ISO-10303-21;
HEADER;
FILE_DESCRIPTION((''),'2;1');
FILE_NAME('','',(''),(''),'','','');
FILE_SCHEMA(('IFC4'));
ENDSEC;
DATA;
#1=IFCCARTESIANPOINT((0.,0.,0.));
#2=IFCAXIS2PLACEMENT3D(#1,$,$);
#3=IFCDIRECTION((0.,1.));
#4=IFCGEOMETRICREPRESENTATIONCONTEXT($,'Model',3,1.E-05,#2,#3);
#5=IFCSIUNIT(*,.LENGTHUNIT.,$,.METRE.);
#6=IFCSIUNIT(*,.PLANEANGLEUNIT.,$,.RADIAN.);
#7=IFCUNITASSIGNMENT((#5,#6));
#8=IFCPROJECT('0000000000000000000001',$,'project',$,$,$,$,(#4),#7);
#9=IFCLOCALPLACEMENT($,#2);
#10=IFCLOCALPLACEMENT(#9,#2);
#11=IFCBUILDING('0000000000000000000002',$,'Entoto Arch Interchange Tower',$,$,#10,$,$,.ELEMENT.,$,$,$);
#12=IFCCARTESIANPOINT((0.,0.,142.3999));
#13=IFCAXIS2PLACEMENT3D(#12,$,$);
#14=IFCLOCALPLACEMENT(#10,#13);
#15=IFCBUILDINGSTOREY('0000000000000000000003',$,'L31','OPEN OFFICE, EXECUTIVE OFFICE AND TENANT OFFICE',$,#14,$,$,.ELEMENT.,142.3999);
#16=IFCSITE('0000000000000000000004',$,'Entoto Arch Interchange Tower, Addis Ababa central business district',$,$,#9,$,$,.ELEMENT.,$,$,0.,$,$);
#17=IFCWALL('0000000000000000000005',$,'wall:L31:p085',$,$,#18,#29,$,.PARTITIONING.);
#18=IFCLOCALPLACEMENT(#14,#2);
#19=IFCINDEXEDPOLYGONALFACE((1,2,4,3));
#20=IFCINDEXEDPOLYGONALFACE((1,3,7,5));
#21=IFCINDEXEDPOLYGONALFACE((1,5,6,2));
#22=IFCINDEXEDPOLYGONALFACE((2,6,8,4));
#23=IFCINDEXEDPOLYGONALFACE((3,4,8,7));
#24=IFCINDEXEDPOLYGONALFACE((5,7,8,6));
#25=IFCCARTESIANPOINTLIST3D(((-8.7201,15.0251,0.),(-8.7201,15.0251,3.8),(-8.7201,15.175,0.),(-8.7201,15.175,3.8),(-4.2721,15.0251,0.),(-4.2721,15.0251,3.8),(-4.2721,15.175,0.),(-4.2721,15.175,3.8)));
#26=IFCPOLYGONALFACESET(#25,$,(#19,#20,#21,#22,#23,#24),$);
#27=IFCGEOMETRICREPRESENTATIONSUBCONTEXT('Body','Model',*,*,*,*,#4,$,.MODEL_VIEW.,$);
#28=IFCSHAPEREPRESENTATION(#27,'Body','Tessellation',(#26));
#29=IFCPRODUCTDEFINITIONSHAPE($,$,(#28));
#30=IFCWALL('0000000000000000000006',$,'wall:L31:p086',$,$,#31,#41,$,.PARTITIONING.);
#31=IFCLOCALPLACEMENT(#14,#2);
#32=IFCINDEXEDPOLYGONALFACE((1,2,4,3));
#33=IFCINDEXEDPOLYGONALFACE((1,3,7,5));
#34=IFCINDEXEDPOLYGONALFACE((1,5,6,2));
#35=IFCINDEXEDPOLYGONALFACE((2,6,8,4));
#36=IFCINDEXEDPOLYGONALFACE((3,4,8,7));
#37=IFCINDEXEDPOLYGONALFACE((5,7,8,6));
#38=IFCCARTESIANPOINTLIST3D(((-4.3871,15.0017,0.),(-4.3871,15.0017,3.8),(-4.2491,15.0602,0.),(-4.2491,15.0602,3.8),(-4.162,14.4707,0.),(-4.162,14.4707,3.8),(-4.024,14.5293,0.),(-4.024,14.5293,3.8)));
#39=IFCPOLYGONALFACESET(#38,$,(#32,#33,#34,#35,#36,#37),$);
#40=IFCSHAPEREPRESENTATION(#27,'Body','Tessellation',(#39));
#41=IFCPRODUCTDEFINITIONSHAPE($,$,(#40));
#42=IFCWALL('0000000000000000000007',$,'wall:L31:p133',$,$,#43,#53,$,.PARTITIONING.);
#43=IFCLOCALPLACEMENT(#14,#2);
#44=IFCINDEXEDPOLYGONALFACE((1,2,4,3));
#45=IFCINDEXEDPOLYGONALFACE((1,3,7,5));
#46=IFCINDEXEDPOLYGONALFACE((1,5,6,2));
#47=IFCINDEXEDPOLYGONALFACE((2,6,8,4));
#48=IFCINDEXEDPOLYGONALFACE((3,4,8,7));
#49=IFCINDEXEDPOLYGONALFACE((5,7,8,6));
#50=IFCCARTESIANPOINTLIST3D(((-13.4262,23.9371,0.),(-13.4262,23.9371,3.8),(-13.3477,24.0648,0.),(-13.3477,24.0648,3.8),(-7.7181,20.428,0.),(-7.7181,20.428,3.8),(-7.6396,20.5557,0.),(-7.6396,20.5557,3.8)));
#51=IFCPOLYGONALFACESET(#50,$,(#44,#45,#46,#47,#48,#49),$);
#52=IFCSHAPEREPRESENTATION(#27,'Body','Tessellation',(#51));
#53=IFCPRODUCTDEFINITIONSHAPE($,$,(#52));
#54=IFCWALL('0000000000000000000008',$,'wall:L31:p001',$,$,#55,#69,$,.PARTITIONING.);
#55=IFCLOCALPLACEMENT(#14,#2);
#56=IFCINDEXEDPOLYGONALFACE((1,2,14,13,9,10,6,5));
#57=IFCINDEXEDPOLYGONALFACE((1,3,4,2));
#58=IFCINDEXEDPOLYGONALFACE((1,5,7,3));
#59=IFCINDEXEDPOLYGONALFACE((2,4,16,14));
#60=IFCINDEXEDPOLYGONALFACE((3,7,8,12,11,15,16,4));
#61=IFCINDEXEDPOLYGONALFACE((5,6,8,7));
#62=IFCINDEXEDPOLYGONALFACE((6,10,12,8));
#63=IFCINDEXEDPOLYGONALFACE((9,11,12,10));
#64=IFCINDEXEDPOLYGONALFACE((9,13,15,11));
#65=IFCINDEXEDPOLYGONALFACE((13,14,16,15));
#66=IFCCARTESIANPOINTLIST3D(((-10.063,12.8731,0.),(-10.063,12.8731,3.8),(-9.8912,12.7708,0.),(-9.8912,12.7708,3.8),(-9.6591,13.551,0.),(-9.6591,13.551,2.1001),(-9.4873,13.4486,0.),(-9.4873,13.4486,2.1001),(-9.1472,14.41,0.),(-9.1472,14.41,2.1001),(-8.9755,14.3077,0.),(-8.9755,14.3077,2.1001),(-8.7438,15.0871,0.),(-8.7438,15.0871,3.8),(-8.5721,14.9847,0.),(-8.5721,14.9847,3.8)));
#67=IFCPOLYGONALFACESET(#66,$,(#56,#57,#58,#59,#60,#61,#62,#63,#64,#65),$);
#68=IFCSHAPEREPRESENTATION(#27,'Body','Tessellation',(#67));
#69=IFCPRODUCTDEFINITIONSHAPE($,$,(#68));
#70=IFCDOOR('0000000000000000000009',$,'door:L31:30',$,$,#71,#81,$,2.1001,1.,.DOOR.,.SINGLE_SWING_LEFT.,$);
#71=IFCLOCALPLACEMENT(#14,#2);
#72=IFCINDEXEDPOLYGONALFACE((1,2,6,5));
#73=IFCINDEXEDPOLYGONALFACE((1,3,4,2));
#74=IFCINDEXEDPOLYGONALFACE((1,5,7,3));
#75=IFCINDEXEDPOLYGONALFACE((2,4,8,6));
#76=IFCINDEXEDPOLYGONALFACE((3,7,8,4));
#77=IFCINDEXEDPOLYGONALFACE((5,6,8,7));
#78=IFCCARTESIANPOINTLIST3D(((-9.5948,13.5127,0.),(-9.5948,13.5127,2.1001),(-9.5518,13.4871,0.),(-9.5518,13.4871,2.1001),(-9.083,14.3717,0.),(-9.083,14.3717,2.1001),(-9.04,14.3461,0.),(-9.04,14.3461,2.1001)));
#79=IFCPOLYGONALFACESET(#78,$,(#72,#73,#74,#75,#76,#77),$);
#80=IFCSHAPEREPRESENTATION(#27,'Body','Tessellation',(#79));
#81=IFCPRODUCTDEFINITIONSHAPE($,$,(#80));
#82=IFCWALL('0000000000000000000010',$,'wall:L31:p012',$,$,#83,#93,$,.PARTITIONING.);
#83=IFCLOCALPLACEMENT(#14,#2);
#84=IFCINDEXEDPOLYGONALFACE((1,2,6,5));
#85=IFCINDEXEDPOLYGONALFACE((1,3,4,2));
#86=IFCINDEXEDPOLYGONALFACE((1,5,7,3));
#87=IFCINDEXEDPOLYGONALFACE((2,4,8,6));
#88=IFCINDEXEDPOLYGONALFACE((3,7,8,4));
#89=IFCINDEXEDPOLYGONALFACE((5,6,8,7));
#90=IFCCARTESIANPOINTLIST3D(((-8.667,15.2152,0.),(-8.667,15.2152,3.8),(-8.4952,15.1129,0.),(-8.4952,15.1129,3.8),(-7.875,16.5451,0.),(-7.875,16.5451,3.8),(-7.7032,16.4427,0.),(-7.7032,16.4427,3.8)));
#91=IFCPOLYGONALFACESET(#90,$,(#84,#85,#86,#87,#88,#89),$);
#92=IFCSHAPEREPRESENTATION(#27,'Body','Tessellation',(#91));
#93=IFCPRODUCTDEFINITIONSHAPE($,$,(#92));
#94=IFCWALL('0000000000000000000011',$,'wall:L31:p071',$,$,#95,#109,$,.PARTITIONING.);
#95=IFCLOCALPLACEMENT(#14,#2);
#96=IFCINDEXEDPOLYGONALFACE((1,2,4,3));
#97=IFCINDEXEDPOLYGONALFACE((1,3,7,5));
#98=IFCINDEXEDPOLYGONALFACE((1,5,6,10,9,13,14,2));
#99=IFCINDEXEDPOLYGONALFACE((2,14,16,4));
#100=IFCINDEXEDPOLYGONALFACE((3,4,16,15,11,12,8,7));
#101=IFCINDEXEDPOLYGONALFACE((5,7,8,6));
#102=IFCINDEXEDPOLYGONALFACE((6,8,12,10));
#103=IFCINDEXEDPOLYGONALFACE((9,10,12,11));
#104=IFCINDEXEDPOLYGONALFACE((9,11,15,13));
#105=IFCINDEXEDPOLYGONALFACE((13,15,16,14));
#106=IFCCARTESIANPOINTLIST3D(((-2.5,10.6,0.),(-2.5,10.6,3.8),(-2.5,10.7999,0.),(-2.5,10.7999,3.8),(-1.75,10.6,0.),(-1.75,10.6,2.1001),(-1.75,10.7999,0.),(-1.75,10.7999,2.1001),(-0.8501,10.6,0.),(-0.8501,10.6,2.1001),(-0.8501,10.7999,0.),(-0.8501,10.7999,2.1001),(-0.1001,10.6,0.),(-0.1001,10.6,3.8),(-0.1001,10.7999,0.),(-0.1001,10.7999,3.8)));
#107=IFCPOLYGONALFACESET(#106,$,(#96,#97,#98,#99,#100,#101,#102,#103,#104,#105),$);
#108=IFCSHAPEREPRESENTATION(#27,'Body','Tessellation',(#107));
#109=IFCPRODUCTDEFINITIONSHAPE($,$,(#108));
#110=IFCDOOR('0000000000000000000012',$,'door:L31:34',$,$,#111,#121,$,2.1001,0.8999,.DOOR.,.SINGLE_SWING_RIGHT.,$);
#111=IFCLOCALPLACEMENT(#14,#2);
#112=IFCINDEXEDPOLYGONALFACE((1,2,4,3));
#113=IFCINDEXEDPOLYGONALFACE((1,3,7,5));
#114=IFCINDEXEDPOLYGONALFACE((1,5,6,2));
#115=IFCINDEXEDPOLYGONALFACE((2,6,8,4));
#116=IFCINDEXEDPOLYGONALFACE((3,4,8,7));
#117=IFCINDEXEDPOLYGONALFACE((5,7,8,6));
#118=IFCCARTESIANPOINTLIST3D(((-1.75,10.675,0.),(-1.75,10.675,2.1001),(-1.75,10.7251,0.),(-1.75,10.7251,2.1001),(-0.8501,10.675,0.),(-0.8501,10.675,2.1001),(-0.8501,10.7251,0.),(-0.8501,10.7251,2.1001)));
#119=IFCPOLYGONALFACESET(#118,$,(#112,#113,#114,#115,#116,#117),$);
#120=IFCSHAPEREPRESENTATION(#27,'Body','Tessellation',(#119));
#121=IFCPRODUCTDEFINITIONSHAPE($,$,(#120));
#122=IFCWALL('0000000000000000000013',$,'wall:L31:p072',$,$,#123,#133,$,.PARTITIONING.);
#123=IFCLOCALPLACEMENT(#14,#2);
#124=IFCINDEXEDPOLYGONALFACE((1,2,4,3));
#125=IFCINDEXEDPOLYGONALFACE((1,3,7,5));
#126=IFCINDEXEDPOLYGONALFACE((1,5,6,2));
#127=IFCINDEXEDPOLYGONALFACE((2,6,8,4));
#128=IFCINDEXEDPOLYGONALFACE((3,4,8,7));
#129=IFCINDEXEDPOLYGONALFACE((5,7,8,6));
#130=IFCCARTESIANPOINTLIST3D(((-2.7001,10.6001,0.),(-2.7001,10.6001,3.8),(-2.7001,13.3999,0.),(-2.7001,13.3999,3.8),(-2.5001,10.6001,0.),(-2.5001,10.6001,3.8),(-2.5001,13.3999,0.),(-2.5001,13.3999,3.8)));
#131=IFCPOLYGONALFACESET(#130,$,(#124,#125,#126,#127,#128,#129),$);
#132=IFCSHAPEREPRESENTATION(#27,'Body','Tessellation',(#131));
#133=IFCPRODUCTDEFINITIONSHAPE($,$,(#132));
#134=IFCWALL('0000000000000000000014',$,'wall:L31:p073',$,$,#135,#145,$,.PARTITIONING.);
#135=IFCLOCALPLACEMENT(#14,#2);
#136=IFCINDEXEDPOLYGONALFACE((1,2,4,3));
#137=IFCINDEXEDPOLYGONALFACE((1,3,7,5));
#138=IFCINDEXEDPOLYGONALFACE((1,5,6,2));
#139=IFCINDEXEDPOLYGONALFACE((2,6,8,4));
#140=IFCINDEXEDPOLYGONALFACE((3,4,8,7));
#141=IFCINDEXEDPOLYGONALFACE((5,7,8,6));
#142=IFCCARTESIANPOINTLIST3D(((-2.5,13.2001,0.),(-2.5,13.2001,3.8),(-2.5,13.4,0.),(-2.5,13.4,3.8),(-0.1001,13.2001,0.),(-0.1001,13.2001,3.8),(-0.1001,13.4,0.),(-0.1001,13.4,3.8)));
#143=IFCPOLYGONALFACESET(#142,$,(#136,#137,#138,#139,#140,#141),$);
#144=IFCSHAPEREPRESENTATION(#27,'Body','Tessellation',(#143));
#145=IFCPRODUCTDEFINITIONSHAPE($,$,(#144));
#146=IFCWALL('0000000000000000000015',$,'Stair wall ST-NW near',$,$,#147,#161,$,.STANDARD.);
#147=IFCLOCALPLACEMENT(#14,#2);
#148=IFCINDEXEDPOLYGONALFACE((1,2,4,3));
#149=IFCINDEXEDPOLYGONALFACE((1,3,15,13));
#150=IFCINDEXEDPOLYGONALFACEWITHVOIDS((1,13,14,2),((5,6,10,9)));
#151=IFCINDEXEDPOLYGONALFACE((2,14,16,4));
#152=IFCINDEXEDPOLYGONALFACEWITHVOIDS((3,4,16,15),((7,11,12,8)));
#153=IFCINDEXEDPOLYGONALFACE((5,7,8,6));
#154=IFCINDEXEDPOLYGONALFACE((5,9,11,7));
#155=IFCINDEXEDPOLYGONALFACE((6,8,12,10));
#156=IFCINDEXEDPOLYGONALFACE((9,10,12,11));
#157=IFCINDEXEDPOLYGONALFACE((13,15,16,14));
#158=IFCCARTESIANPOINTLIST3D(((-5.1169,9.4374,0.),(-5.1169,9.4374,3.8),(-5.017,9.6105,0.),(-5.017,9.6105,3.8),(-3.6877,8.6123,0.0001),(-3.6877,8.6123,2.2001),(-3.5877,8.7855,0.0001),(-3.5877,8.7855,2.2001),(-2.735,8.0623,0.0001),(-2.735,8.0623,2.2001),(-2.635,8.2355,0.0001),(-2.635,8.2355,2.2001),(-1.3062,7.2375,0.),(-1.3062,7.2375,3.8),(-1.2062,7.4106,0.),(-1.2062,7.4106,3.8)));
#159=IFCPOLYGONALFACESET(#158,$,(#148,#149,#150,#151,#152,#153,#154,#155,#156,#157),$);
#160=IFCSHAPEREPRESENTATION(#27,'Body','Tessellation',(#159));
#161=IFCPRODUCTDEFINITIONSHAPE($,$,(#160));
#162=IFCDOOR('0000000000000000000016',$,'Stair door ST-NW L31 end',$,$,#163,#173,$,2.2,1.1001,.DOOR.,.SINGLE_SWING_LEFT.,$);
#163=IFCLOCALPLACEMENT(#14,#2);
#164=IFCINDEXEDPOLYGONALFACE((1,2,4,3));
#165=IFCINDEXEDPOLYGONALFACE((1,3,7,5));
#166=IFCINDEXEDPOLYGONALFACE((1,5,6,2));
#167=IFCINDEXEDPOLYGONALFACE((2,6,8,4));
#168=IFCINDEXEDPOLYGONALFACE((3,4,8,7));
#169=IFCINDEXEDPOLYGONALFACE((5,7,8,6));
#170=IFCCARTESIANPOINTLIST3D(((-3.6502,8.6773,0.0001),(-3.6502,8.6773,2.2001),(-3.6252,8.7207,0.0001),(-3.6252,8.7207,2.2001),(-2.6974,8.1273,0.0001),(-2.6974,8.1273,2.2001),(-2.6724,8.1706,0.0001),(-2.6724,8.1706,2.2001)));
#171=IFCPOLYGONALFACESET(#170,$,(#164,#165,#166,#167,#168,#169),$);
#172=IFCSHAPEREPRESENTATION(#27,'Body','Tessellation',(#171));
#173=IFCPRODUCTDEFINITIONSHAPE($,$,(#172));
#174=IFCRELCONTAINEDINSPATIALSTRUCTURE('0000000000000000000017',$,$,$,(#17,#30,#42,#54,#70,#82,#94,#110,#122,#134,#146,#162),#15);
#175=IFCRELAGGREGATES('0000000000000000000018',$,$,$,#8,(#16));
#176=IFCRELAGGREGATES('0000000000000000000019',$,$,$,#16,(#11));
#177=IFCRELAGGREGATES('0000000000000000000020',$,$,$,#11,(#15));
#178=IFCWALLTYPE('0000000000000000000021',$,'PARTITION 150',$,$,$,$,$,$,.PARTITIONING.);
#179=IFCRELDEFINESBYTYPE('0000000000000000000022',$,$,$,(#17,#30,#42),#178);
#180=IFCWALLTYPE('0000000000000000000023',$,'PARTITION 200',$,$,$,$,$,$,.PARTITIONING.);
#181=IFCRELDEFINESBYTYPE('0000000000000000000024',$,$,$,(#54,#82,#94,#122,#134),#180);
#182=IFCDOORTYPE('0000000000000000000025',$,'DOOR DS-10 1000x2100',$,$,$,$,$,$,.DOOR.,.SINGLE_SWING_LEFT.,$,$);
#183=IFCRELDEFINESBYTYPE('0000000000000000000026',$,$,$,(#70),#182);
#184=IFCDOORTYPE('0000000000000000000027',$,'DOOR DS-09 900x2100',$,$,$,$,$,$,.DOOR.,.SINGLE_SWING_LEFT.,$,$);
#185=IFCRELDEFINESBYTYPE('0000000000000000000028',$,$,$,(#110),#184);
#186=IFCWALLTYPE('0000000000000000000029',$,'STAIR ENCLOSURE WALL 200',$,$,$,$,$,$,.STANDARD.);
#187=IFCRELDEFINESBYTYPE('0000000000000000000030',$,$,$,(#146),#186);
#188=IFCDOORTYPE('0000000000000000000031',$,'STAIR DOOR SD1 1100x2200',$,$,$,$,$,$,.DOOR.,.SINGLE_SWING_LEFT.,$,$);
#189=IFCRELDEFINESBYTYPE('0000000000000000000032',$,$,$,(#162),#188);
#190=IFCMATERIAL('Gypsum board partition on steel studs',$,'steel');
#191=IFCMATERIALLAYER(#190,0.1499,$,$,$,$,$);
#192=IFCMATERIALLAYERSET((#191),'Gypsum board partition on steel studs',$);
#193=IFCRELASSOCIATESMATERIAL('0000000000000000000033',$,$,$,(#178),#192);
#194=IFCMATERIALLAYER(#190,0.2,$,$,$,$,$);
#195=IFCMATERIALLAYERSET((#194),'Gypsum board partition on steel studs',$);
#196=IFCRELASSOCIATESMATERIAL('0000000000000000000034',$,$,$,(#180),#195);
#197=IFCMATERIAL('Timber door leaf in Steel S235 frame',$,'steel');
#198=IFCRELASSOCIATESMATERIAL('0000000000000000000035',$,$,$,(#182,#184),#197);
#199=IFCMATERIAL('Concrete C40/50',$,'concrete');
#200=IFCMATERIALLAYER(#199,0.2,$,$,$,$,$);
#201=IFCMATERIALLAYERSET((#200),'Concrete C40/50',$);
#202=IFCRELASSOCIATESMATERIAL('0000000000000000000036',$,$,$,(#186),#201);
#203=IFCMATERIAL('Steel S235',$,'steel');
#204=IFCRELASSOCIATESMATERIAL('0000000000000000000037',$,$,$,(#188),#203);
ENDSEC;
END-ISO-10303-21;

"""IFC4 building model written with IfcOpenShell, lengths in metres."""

from ifc_helpers import new_model, si_unit, direction, frame, frame_2d, origin, place, context, subcontext, project, spatial, rectangle, extrude, material, layer, layer_set, type_object, element, fill, save


model = new_model("IFC4")

# Units and contexts
model_context = context("Model", 3, precision=1e-05, world=origin(), true_north=direction((0.0, 1.0)))
body_context = subcontext(model_context, "Body", "Model", "MODEL_VIEW")
ifc_project = project(units=[si_unit("LENGTHUNIT", "METRE"), si_unit("PLANEANGLEUNIT", "RADIAN")], contexts=[model_context])

# Site, building, storey
site_placement = place(None, origin())
site = spatial("IfcSite", under=ifc_project, at=site_placement, Name="Entoto Arch Interchange Tower, Addis Ababa central business district", CompositionType="ELEMENT", RefElevation=0.0)
building_placement = place(site_placement, origin())
building = spatial("IfcBuilding", under=site, at=building_placement, Name="Entoto Arch Interchange Tower", CompositionType="ELEMENT")
storey_placement = place(building_placement, frame((0.0, 0.0, 142.3999)))
storey = spatial("IfcBuildingStorey", under=building, at=storey_placement, Name="L31", Description="OPEN OFFICE, EXECUTIVE OFFICE AND TENANT OFFICE", CompositionType="ELEMENT", Elevation=142.3999)

# Walls
ifc_material_1 = material(Name="Gypsum board partition on steel studs", Category="steel")
ifc_layer_1 = layer(ifc_material_1, 0.1499)
ifc_layer_set_1 = layer_set([ifc_layer_1], Name="Gypsum board partition on steel studs")
wall_type_1 = type_object("IfcWallType", Name="PARTITION 150", PredefinedType="PARTITIONING", material=ifc_layer_set_1)
wall_1_placement = place(storey_placement, frame((-4.272, 15.1001, 0.0), z_axis=(0.0, 0.0, 1.0), x_axis=(-1.0, 0.0, 0.0)))
element("IfcWall", 1, at=wall_1_placement, inside=storey, type_object=wall_type_1, Name="wall:L31:p085", PredefinedType="PARTITIONING", context=body_context, shape_type="SweptSolid", body=[
    extrude(rectangle(XDim=4.448, YDim=0.1499, at=frame_2d((2.2241, 0.0))), origin(), (0.0, 0.0, 1.0), 3.8),
])
wall_2_placement = place(storey_placement, frame((-4.093, 14.5, 0.0), z_axis=(0.0, 0.0, 1.0), x_axis=(-0.390289, 0.920692, 0.0)))
element("IfcWall", 2, at=wall_2_placement, inside=storey, type_object=wall_type_1, Name="wall:L31:p086", PredefinedType="PARTITIONING", context=body_context, shape_type="SweptSolid", body=[
    extrude(rectangle(XDim=0.5767, YDim=0.1499, at=frame_2d((0.2883, 0.0))), origin(), (0.0, 0.0, 1.0), 3.8),
])
wall_3_placement = place(storey_placement, frame((-7.679, 20.4919, 0.0), z_axis=(0.0, 0.0, 1.0), x_axis=(-0.851897, 0.523709, 0.0)))
element("IfcWall", 3, at=wall_3_placement, inside=storey, type_object=wall_type_1, Name="wall:L31:p133", PredefinedType="PARTITIONING", context=body_context, shape_type="SweptSolid", body=[
    extrude(rectangle(XDim=6.7004, YDim=0.1499, at=frame_2d((3.3501, 0.0))), origin(), (0.0, 0.0, 1.0), 3.8),
])

# Wall, opening, door
ifc_layer_2 = layer(ifc_material_1, 0.2)
ifc_layer_set_2 = layer_set([ifc_layer_2], Name="Gypsum board partition on steel studs")
wall_type_2 = type_object("IfcWallType", Name="PARTITION 200", PredefinedType="PARTITIONING", material=ifc_layer_set_2)
wall_4_placement = place(storey_placement, frame((-8.658, 15.0359, 0.0), z_axis=(0.0, 0.0, 1.0), x_axis=(-0.51186, -0.859069, 0.0)))
wall_4 = element("IfcWall", 4, at=wall_4_placement, inside=storey, type_object=wall_type_2, Name="wall:L31:p001", PredefinedType="PARTITIONING", context=body_context, shape_type="SweptSolid", body=[
    extrude(rectangle(XDim=2.5771, YDim=0.2, at=frame_2d((1.2886, 0.0))), origin(), (0.0, 0.0, 1.0), 3.8),
])
opening_1_placement = place(wall_4_placement, frame((0.7881, 0.0, 0.0)))
opening_1 = element("IfcOpeningElement", 5, at=opening_1_placement, cuts=wall_4, PredefinedType="OPENING", context=body_context, shape_type="SweptSolid", body=[
    extrude(rectangle(XDim=1.0, YDim=2.1001, at=frame_2d((0.5, 1.05))), frame((0.0, 0.1099, 0.0), z_axis=(0.0, -1.0, 0.0), x_axis=(1.0, 0.0, 0.0)), (0.0, 0.0, 1.0), 0.22),
])
ifc_material_2 = material(Name="Timber door leaf in Steel S235 frame", Category="steel")
door_type_1 = type_object("IfcDoorType", Name="DOOR DS-10 1000x2100", OperationType="SINGLE_SWING_LEFT", PredefinedType="DOOR", material=ifc_material_2)
door_1_placement = place(opening_1_placement, origin())
door_1 = element("IfcDoor", 6, at=door_1_placement, inside=storey, type_object=door_type_1, Name="door:L31:30", OperationType="SINGLE_SWING_LEFT", OverallHeight=2.1001, OverallWidth=1.0, PredefinedType="DOOR", context=body_context, shape_type="SweptSolid", body=[
    extrude(rectangle(XDim=1.0, YDim=2.1001, at=frame_2d((0.5, 1.05))), frame((0.0, 0.0249, 0.0), z_axis=(0.0, -1.0, 0.0), x_axis=(1.0, 0.0, 0.0)), (0.0, 0.0, 1.0), 0.05),
])
fill(opening_1, door_1)

# Wall
wall_5_placement = place(storey_placement, frame((-7.7891, 16.4939, 0.0), z_axis=(0.0, 0.0, 1.0), x_axis=(-0.511686, -0.859172, 0.0)))
element("IfcWall", 7, at=wall_5_placement, inside=storey, type_object=wall_type_2, Name="wall:L31:p012", PredefinedType="PARTITIONING", context=body_context, shape_type="SweptSolid", body=[
    extrude(rectangle(XDim=1.5479, YDim=0.2, at=frame_2d((0.7739, 0.0))), origin(), (0.0, 0.0, 1.0), 3.8),
])

# Wall, opening, door
wall_6_placement = place(storey_placement, frame((-0.1001, 10.7, 0.0), z_axis=(0.0, 0.0, 1.0), x_axis=(-1.0, 0.0, 0.0)))
wall_6 = element("IfcWall", 8, at=wall_6_placement, inside=storey, type_object=wall_type_2, Name="wall:L31:p071", PredefinedType="PARTITIONING", context=body_context, shape_type="SweptSolid", body=[
    extrude(rectangle(XDim=2.3999, YDim=0.2, at=frame_2d((1.2, 0.0))), origin(), (0.0, 0.0, 1.0), 3.8),
])
opening_2_placement = place(wall_6_placement, frame((0.75, 0.0, 0.0)))
opening_2 = element("IfcOpeningElement", 9, at=opening_2_placement, cuts=wall_6, PredefinedType="OPENING", context=body_context, shape_type="SweptSolid", body=[
    extrude(rectangle(XDim=0.8999, YDim=2.1001, at=frame_2d((0.45, 1.05))), frame((0.0, 0.1099, 0.0), z_axis=(0.0, -1.0, 0.0), x_axis=(1.0, 0.0, 0.0)), (0.0, 0.0, 1.0), 0.22),
])
door_type_2 = type_object("IfcDoorType", Name="DOOR DS-09 900x2100", OperationType="SINGLE_SWING_LEFT", PredefinedType="DOOR", material=ifc_material_2)
door_2_placement = place(opening_2_placement, origin())
door_2 = element("IfcDoor", 10, at=door_2_placement, inside=storey, type_object=door_type_2, Name="door:L31:34", OperationType="SINGLE_SWING_RIGHT", OverallHeight=2.1001, OverallWidth=0.8999, PredefinedType="DOOR", context=body_context, shape_type="SweptSolid", body=[
    extrude(rectangle(XDim=0.8999, YDim=2.1001, at=frame_2d((0.45, 1.05))), frame((0.0, 0.0249, 0.0), z_axis=(0.0, -1.0, 0.0), x_axis=(1.0, 0.0, 0.0)), (0.0, 0.0, 1.0), 0.05),
])
fill(opening_2, door_2)

# Walls
wall_7_placement = place(storey_placement, frame((-2.6001, 10.6001, 0.0), z_axis=(0.0, 0.0, 1.0), x_axis=(0.0, 1.0, 0.0)))
element("IfcWall", 11, at=wall_7_placement, inside=storey, type_object=wall_type_2, Name="wall:L31:p072", PredefinedType="PARTITIONING", context=body_context, shape_type="SweptSolid", body=[
    extrude(rectangle(XDim=2.7998, YDim=0.2, at=frame_2d((1.3999, 0.0))), origin(), (0.0, 0.0, 1.0), 3.8),
])
wall_8_placement = place(storey_placement, frame((-2.5, 13.3, 0.0), z_axis=(0.0, 0.0, 1.0), x_axis=(1.0, 0.0, 0.0)))
element("IfcWall", 12, at=wall_8_placement, inside=storey, type_object=wall_type_2, Name="wall:L31:p073", PredefinedType="PARTITIONING", context=body_context, shape_type="SweptSolid", body=[
    extrude(rectangle(XDim=2.3999, YDim=0.2, at=frame_2d((1.2, 0.0))), origin(), (0.0, 0.0, 1.0), 3.8),
])

# Wall, opening, door
ifc_material_3 = material(Name="Concrete C40/50", Category="concrete")
ifc_layer_3 = layer(ifc_material_3, 0.2)
ifc_layer_set_3 = layer_set([ifc_layer_3], Name="Concrete C40/50")
wall_type_3 = type_object("IfcWallType", Name="STAIR ENCLOSURE WALL 200", PredefinedType="STANDARD", material=ifc_layer_set_3)
wall_9_placement = place(storey_placement, frame((-1.2561, 7.324, 0.0), z_axis=(0.0, 0.0, 1.0), x_axis=(-0.866046, 0.499964, 0.0)))
wall_9 = element("IfcWall", 13, at=wall_9_placement, inside=storey, type_object=wall_type_3, Name="Stair wall ST-NW near", PredefinedType="STANDARD", context=body_context, shape_type="SweptSolid", body=[
    extrude(rectangle(XDim=4.4001, YDim=0.2, at=frame_2d((2.2002, 0.0))), origin(), (0.0, 0.0, 1.0), 3.8),
])
opening_3_placement = place(wall_9_placement, frame((1.6499, 0.0, 0.0)))
opening_3 = element("IfcOpeningElement", 14, at=opening_3_placement, cuts=wall_9, PredefinedType="OPENING", context=body_context, shape_type="SweptSolid", body=[
    extrude(rectangle(XDim=1.1001, YDim=2.2, at=frame_2d((0.55, 1.1001))), frame((0.0, 0.1099, 0.0), z_axis=(0.0, -1.0, 0.0), x_axis=(1.0, 0.0, 0.0)), (0.0, 0.0, 1.0), 0.22),
])
ifc_material_4 = material(Name="Steel S235", Category="steel")
door_type_3 = type_object("IfcDoorType", Name="STAIR DOOR SD1 1100x2200", OperationType="SINGLE_SWING_LEFT", PredefinedType="DOOR", material=ifc_material_4)
door_3_placement = place(opening_3_placement, origin())
door_3 = element("IfcDoor", 15, at=door_3_placement, inside=storey, type_object=door_type_3, Name="Stair door ST-NW L31 end", OperationType="SINGLE_SWING_LEFT", OverallHeight=2.2, OverallWidth=1.1001, PredefinedType="DOOR", context=body_context, shape_type="SweptSolid", body=[
    extrude(rectangle(XDim=1.1001, YDim=2.2, at=frame_2d((0.55, 1.1001))), frame((0.0, 0.0249, 0.0), z_axis=(0.0, -1.0, 0.0), x_axis=(1.0, 0.0, 0.0)), (0.0, 0.0, 1.0), 0.05),
])
fill(opening_3, door_3)

save(model, "model.ifc")
